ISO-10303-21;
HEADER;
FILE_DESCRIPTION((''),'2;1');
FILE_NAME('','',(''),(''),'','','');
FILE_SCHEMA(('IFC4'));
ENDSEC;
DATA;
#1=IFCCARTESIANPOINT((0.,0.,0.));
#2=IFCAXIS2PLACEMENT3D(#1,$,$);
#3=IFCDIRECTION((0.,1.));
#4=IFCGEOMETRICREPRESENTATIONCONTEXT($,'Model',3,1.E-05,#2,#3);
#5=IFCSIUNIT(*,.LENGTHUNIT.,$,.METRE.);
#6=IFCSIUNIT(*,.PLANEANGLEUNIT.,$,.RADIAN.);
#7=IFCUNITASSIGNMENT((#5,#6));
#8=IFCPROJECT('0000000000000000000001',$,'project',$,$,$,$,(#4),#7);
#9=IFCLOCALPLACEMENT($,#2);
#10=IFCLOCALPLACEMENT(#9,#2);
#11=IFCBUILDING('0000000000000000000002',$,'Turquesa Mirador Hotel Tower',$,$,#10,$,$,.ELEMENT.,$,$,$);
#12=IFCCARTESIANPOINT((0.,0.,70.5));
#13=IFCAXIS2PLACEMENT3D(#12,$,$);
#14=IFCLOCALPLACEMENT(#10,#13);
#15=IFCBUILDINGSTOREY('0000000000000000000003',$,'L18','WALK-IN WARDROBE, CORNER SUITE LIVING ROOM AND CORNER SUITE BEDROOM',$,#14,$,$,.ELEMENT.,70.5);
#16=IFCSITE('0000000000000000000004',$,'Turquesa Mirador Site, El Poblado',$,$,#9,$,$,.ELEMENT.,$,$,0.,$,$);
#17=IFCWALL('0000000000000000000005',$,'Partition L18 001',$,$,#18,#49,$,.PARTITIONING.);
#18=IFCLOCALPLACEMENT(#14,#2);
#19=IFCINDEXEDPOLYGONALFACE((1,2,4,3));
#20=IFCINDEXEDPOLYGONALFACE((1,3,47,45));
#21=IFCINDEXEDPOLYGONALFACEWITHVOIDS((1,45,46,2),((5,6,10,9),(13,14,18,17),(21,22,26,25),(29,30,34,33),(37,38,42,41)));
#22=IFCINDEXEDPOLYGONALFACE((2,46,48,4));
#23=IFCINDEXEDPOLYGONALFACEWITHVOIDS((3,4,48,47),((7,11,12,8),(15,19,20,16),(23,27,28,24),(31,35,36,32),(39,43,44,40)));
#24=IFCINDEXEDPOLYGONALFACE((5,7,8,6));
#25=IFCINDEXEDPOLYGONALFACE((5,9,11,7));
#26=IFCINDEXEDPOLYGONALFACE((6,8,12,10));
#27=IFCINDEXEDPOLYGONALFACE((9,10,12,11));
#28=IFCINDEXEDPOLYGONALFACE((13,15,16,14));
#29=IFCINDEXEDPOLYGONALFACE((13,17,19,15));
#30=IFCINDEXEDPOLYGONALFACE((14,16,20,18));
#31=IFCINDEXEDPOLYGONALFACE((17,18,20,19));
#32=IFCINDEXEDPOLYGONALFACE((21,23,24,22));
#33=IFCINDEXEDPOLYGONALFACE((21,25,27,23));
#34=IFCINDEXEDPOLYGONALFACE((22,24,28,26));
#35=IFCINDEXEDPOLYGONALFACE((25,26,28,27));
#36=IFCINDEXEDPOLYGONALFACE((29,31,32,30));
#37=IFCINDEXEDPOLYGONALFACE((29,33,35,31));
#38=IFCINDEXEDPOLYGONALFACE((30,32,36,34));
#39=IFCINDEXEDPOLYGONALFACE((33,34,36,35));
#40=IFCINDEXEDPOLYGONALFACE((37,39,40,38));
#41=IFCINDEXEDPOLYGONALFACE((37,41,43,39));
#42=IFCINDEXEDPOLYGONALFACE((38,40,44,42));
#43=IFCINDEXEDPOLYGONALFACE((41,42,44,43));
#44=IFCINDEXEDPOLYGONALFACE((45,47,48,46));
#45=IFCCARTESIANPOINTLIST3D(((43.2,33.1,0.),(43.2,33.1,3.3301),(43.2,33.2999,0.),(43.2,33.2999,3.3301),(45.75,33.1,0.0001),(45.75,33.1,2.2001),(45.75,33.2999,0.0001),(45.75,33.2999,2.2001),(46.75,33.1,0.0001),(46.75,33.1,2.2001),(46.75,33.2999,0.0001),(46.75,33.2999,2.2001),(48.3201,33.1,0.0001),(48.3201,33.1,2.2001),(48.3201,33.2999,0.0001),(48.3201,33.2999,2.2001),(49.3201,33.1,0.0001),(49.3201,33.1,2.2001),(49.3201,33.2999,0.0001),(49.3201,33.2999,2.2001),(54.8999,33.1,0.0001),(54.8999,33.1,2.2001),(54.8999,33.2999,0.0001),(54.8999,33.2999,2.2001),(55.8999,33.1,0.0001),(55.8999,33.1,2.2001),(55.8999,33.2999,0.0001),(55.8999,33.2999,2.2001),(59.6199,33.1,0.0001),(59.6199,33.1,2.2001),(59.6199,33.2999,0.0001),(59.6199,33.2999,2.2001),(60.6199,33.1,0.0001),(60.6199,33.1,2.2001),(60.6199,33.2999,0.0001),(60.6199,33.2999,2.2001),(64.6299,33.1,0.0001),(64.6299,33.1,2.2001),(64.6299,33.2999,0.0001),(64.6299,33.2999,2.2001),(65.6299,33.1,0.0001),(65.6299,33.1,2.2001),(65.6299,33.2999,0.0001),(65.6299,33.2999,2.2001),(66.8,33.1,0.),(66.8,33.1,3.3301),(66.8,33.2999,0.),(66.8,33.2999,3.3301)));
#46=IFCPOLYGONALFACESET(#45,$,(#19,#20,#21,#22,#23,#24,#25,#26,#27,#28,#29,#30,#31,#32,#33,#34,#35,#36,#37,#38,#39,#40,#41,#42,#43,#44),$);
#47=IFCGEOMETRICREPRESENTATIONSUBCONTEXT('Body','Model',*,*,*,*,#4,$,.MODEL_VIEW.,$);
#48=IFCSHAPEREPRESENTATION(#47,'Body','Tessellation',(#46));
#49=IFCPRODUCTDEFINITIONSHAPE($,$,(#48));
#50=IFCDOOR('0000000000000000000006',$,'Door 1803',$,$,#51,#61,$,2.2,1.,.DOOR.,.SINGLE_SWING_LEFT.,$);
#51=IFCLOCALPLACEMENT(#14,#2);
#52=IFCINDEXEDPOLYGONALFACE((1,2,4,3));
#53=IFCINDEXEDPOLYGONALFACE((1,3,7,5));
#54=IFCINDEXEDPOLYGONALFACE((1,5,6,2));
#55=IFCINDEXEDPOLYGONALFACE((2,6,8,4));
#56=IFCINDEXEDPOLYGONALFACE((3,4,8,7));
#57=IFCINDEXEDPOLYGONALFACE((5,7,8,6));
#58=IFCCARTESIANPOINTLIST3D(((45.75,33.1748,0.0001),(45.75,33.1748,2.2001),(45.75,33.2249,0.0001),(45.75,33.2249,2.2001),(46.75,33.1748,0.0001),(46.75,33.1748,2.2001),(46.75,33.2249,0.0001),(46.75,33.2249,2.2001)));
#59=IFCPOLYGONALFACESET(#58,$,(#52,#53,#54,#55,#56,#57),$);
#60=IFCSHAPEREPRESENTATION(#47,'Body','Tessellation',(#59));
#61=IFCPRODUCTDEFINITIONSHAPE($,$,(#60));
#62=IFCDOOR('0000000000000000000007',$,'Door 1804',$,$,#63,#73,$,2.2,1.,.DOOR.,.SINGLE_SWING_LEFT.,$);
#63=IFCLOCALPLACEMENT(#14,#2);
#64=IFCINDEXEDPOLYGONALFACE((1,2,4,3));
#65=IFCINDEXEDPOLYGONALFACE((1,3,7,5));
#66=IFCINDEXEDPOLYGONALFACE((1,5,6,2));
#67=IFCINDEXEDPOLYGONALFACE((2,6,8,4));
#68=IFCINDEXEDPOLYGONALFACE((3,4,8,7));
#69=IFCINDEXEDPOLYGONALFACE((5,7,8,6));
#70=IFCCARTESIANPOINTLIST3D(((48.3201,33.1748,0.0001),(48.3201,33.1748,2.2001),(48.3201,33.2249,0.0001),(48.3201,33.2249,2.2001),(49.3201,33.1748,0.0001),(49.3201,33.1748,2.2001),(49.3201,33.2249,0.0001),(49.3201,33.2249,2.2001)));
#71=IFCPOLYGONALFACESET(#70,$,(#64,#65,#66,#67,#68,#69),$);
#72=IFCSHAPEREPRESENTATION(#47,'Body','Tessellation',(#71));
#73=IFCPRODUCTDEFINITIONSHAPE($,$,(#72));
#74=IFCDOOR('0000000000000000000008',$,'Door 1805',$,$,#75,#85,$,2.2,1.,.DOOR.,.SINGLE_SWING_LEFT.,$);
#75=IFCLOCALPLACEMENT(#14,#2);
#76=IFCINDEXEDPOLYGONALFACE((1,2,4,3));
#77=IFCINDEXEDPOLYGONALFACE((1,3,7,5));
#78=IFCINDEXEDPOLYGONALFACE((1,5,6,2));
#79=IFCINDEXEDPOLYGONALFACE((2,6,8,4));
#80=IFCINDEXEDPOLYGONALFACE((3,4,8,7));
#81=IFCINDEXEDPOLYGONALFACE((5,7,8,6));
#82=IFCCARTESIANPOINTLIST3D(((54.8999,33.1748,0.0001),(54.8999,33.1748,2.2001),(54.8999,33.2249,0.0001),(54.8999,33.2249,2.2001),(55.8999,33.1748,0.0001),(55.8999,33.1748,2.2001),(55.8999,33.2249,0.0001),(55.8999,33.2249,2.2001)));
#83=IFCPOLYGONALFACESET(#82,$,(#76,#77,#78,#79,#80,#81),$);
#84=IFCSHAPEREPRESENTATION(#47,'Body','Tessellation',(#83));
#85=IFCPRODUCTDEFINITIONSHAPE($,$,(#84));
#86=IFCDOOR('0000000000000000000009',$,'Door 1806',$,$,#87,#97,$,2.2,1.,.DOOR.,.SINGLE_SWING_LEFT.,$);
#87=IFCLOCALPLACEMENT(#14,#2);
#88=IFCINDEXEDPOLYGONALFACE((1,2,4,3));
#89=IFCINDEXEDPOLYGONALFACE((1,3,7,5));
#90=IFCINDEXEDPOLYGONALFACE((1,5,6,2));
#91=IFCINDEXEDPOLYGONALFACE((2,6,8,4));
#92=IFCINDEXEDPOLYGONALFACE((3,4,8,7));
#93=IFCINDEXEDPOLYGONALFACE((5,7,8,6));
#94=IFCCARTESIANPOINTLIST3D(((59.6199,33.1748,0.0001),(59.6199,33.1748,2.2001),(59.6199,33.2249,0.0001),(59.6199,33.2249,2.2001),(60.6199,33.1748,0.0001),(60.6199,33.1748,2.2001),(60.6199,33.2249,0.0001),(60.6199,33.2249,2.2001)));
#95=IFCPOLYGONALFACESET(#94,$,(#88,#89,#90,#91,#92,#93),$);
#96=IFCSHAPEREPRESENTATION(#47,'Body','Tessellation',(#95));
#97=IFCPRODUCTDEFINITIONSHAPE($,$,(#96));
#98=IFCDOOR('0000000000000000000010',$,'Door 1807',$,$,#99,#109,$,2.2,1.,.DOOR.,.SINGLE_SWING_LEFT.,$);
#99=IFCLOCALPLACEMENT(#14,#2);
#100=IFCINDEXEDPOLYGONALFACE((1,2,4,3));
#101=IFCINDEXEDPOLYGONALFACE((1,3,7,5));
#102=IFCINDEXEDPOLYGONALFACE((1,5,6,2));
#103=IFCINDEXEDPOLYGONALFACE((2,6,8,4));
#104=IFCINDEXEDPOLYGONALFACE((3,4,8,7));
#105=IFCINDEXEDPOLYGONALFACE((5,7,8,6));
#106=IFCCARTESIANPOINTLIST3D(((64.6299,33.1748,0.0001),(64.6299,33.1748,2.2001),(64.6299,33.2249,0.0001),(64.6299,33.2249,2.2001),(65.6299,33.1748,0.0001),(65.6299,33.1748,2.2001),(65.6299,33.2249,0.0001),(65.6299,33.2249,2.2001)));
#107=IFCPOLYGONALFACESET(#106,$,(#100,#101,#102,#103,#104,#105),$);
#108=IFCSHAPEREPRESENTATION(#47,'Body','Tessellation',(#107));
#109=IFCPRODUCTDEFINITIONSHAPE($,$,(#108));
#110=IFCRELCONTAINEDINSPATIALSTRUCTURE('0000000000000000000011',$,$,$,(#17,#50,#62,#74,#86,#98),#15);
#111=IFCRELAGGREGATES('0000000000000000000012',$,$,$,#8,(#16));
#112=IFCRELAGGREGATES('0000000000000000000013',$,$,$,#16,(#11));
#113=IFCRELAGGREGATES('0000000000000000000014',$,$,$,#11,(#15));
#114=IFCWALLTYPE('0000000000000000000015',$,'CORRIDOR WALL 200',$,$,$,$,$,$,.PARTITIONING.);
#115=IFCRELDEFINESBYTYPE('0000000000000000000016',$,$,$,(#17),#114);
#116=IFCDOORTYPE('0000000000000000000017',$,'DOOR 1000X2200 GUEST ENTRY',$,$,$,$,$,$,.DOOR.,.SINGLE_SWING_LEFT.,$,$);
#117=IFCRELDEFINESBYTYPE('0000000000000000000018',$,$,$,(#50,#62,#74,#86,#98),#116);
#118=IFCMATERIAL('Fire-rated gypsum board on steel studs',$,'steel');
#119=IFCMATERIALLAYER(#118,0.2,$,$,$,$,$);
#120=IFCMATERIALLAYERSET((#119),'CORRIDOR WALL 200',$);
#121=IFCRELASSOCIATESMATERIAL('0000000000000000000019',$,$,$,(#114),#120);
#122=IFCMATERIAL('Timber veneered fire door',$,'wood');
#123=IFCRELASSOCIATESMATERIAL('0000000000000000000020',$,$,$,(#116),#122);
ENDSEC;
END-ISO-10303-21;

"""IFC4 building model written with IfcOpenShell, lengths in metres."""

from ifc_helpers import new_model, si_unit, direction, frame, frame_2d, origin, place, context, subcontext, project, spatial, rectangle, extrude, material, layer, layer_set, type_object, element, fill, save


model = new_model("IFC4")

# Units and contexts
model_context = context("Model", 3, precision=1e-05, world=origin(), true_north=direction((0.0, 1.0)))
body_context = subcontext(model_context, "Body", "Model", "MODEL_VIEW")
ifc_project = project(units=[si_unit("LENGTHUNIT", "METRE"), si_unit("PLANEANGLEUNIT", "RADIAN")], contexts=[model_context])

# Site, building, storey
site_placement = place(None, origin())
site = spatial("IfcSite", under=ifc_project, at=site_placement, Name="Turquesa Mirador Site, El Poblado", CompositionType="ELEMENT", RefElevation=0.0)
building_placement = place(site_placement, origin())
building = spatial("IfcBuilding", under=site, at=building_placement, Name="Turquesa Mirador Hotel Tower", CompositionType="ELEMENT")
storey_placement = place(building_placement, frame((0.0, 0.0, 70.5)))
storey = spatial("IfcBuildingStorey", under=building, at=storey_placement, Name="L18", Description="WALK-IN WARDROBE, CORNER SUITE LIVING ROOM AND CORNER SUITE BEDROOM", CompositionType="ELEMENT", Elevation=70.5)

# Wall, openings, doors
ifc_material_1 = material(Name="Fire-rated gypsum board on steel studs", Category="steel")
ifc_layer_1 = layer(ifc_material_1, 0.2)
ifc_layer_set_1 = layer_set([ifc_layer_1], Name="CORRIDOR WALL 200")
wall_type_1 = type_object("IfcWallType", Name="CORRIDOR WALL 200", PredefinedType="PARTITIONING", material=ifc_layer_set_1)
wall_1_placement = place(storey_placement, frame((43.2, 33.2, 0.0), z_axis=(0.0, 0.0, 1.0), x_axis=(1.0, 0.0, 0.0)))
wall_1 = element("IfcWall", 1, at=wall_1_placement, inside=storey, type_object=wall_type_1, Name="Partition L18 001", PredefinedType="PARTITIONING", context=body_context, shape_type="SweptSolid", body=[
    extrude(rectangle(XDim=23.6001, YDim=0.2, at=frame_2d((11.8, 0.0))), origin(), (0.0, 0.0, 1.0), 3.3301),
])
opening_1_placement = place(wall_1_placement, frame((2.55, 0.0, 0.0)))
opening_1 = element("IfcOpeningElement", 2, at=opening_1_placement, cuts=wall_1, PredefinedType="OPENING", context=body_context, shape_type="SweptSolid", body=[
    extrude(rectangle(XDim=1.0, YDim=2.2, at=frame_2d((0.5, 1.1001))), frame((0.0, 0.1099, 0.0), z_axis=(0.0, -1.0, 0.0), x_axis=(1.0, 0.0, 0.0)), (0.0, 0.0, 1.0), 0.22),
])
opening_2_placement = place(wall_1_placement, frame((5.1201, 0.0, 0.0)))
opening_2 = element("IfcOpeningElement", 3, at=opening_2_placement, cuts=wall_1, PredefinedType="OPENING", context=body_context, shape_type="SweptSolid", body=[
    extrude(rectangle(XDim=1.0, YDim=2.2, at=frame_2d((0.5, 1.1001))), frame((0.0, 0.1099, 0.0), z_axis=(0.0, -1.0, 0.0), x_axis=(1.0, 0.0, 0.0)), (0.0, 0.0, 1.0), 0.22),
])
opening_3_placement = place(wall_1_placement, frame((11.7, 0.0, 0.0)))
opening_3 = element("IfcOpeningElement", 4, at=opening_3_placement, cuts=wall_1, PredefinedType="OPENING", context=body_context, shape_type="SweptSolid", body=[
    extrude(rectangle(XDim=1.0, YDim=2.2, at=frame_2d((0.5, 1.1001))), frame((0.0, 0.1099, 0.0), z_axis=(0.0, -1.0, 0.0), x_axis=(1.0, 0.0, 0.0)), (0.0, 0.0, 1.0), 0.22),
])
opening_4_placement = place(wall_1_placement, frame((16.4199, 0.0, 0.0)))
opening_4 = element("IfcOpeningElement", 5, at=opening_4_placement, cuts=wall_1, PredefinedType="OPENING", context=body_context, shape_type="SweptSolid", body=[
    extrude(rectangle(XDim=1.0, YDim=2.2, at=frame_2d((0.5, 1.1001))), frame((0.0, 0.1099, 0.0), z_axis=(0.0, -1.0, 0.0), x_axis=(1.0, 0.0, 0.0)), (0.0, 0.0, 1.0), 0.22),
])
opening_5_placement = place(wall_1_placement, frame((21.4299, 0.0, 0.0)))
opening_5 = element("IfcOpeningElement", 6, at=opening_5_placement, cuts=wall_1, PredefinedType="OPENING", context=body_context, shape_type="SweptSolid", body=[
    extrude(rectangle(XDim=1.0, YDim=2.2, at=frame_2d((0.5, 1.1001))), frame((0.0, 0.1099, 0.0), z_axis=(0.0, -1.0, 0.0), x_axis=(1.0, 0.0, 0.0)), (0.0, 0.0, 1.0), 0.22),
])
ifc_material_2 = material(Name="Timber veneered fire door", Category="wood")
door_type_1 = type_object("IfcDoorType", Name="DOOR 1000X2200 GUEST ENTRY", OperationType="SINGLE_SWING_LEFT", PredefinedType="DOOR", material=ifc_material_2)
door_1_placement = place(opening_1_placement, origin())
door_1 = element("IfcDoor", 7, at=door_1_placement, inside=storey, type_object=door_type_1, Name="Door 1803", OperationType="SINGLE_SWING_LEFT", OverallHeight=2.2, OverallWidth=1.0, PredefinedType="DOOR", context=body_context, shape_type="SweptSolid", body=[
    extrude(rectangle(XDim=1.0, YDim=2.2, at=frame_2d((0.5, 1.1001))), frame((0.0, 0.0249, 0.0), z_axis=(0.0, -1.0, 0.0), x_axis=(1.0, 0.0, 0.0)), (0.0, 0.0, 1.0), 0.05),
])
fill(opening_1, door_1)
door_2_placement = place(opening_2_placement, origin())
door_2 = element("IfcDoor", 8, at=door_2_placement, inside=storey, type_object=door_type_1, Name="Door 1804", OperationType="SINGLE_SWING_LEFT", OverallHeight=2.2, OverallWidth=1.0, PredefinedType="DOOR", context=body_context, shape_type="SweptSolid", body=[
    extrude(rectangle(XDim=1.0, YDim=2.2, at=frame_2d((0.5, 1.1001))), frame((0.0, 0.0249, 0.0), z_axis=(0.0, -1.0, 0.0), x_axis=(1.0, 0.0, 0.0)), (0.0, 0.0, 1.0), 0.05),
])
fill(opening_2, door_2)
door_3_placement = place(opening_3_placement, origin())
door_3 = element("IfcDoor", 9, at=door_3_placement, inside=storey, type_object=door_type_1, Name="Door 1805", OperationType="SINGLE_SWING_LEFT", OverallHeight=2.2, OverallWidth=1.0, PredefinedType="DOOR", context=body_context, shape_type="SweptSolid", body=[
    extrude(rectangle(XDim=1.0, YDim=2.2, at=frame_2d((0.5, 1.1001))), frame((0.0, 0.0249, 0.0), z_axis=(0.0, -1.0, 0.0), x_axis=(1.0, 0.0, 0.0)), (0.0, 0.0, 1.0), 0.05),
])
fill(opening_3, door_3)
door_4_placement = place(opening_4_placement, origin())
door_4 = element("IfcDoor", 10, at=door_4_placement, inside=storey, type_object=door_type_1, Name="Door 1806", OperationType="SINGLE_SWING_LEFT", OverallHeight=2.2, OverallWidth=1.0, PredefinedType="DOOR", context=body_context, shape_type="SweptSolid", body=[
    extrude(rectangle(XDim=1.0, YDim=2.2, at=frame_2d((0.5, 1.1001))), frame((0.0, 0.0249, 0.0), z_axis=(0.0, -1.0, 0.0), x_axis=(1.0, 0.0, 0.0)), (0.0, 0.0, 1.0), 0.05),
])
fill(opening_4, door_4)
door_5_placement = place(opening_5_placement, origin())
door_5 = element("IfcDoor", 11, at=door_5_placement, inside=storey, type_object=door_type_1, Name="Door 1807", OperationType="SINGLE_SWING_LEFT", OverallHeight=2.2, OverallWidth=1.0, PredefinedType="DOOR", context=body_context, shape_type="SweptSolid", body=[
    extrude(rectangle(XDim=1.0, YDim=2.2, at=frame_2d((0.5, 1.1001))), frame((0.0, 0.0249, 0.0), z_axis=(0.0, -1.0, 0.0), x_axis=(1.0, 0.0, 0.0)), (0.0, 0.0, 1.0), 0.05),
])
fill(opening_5, door_5)

save(model, "model.ifc")
